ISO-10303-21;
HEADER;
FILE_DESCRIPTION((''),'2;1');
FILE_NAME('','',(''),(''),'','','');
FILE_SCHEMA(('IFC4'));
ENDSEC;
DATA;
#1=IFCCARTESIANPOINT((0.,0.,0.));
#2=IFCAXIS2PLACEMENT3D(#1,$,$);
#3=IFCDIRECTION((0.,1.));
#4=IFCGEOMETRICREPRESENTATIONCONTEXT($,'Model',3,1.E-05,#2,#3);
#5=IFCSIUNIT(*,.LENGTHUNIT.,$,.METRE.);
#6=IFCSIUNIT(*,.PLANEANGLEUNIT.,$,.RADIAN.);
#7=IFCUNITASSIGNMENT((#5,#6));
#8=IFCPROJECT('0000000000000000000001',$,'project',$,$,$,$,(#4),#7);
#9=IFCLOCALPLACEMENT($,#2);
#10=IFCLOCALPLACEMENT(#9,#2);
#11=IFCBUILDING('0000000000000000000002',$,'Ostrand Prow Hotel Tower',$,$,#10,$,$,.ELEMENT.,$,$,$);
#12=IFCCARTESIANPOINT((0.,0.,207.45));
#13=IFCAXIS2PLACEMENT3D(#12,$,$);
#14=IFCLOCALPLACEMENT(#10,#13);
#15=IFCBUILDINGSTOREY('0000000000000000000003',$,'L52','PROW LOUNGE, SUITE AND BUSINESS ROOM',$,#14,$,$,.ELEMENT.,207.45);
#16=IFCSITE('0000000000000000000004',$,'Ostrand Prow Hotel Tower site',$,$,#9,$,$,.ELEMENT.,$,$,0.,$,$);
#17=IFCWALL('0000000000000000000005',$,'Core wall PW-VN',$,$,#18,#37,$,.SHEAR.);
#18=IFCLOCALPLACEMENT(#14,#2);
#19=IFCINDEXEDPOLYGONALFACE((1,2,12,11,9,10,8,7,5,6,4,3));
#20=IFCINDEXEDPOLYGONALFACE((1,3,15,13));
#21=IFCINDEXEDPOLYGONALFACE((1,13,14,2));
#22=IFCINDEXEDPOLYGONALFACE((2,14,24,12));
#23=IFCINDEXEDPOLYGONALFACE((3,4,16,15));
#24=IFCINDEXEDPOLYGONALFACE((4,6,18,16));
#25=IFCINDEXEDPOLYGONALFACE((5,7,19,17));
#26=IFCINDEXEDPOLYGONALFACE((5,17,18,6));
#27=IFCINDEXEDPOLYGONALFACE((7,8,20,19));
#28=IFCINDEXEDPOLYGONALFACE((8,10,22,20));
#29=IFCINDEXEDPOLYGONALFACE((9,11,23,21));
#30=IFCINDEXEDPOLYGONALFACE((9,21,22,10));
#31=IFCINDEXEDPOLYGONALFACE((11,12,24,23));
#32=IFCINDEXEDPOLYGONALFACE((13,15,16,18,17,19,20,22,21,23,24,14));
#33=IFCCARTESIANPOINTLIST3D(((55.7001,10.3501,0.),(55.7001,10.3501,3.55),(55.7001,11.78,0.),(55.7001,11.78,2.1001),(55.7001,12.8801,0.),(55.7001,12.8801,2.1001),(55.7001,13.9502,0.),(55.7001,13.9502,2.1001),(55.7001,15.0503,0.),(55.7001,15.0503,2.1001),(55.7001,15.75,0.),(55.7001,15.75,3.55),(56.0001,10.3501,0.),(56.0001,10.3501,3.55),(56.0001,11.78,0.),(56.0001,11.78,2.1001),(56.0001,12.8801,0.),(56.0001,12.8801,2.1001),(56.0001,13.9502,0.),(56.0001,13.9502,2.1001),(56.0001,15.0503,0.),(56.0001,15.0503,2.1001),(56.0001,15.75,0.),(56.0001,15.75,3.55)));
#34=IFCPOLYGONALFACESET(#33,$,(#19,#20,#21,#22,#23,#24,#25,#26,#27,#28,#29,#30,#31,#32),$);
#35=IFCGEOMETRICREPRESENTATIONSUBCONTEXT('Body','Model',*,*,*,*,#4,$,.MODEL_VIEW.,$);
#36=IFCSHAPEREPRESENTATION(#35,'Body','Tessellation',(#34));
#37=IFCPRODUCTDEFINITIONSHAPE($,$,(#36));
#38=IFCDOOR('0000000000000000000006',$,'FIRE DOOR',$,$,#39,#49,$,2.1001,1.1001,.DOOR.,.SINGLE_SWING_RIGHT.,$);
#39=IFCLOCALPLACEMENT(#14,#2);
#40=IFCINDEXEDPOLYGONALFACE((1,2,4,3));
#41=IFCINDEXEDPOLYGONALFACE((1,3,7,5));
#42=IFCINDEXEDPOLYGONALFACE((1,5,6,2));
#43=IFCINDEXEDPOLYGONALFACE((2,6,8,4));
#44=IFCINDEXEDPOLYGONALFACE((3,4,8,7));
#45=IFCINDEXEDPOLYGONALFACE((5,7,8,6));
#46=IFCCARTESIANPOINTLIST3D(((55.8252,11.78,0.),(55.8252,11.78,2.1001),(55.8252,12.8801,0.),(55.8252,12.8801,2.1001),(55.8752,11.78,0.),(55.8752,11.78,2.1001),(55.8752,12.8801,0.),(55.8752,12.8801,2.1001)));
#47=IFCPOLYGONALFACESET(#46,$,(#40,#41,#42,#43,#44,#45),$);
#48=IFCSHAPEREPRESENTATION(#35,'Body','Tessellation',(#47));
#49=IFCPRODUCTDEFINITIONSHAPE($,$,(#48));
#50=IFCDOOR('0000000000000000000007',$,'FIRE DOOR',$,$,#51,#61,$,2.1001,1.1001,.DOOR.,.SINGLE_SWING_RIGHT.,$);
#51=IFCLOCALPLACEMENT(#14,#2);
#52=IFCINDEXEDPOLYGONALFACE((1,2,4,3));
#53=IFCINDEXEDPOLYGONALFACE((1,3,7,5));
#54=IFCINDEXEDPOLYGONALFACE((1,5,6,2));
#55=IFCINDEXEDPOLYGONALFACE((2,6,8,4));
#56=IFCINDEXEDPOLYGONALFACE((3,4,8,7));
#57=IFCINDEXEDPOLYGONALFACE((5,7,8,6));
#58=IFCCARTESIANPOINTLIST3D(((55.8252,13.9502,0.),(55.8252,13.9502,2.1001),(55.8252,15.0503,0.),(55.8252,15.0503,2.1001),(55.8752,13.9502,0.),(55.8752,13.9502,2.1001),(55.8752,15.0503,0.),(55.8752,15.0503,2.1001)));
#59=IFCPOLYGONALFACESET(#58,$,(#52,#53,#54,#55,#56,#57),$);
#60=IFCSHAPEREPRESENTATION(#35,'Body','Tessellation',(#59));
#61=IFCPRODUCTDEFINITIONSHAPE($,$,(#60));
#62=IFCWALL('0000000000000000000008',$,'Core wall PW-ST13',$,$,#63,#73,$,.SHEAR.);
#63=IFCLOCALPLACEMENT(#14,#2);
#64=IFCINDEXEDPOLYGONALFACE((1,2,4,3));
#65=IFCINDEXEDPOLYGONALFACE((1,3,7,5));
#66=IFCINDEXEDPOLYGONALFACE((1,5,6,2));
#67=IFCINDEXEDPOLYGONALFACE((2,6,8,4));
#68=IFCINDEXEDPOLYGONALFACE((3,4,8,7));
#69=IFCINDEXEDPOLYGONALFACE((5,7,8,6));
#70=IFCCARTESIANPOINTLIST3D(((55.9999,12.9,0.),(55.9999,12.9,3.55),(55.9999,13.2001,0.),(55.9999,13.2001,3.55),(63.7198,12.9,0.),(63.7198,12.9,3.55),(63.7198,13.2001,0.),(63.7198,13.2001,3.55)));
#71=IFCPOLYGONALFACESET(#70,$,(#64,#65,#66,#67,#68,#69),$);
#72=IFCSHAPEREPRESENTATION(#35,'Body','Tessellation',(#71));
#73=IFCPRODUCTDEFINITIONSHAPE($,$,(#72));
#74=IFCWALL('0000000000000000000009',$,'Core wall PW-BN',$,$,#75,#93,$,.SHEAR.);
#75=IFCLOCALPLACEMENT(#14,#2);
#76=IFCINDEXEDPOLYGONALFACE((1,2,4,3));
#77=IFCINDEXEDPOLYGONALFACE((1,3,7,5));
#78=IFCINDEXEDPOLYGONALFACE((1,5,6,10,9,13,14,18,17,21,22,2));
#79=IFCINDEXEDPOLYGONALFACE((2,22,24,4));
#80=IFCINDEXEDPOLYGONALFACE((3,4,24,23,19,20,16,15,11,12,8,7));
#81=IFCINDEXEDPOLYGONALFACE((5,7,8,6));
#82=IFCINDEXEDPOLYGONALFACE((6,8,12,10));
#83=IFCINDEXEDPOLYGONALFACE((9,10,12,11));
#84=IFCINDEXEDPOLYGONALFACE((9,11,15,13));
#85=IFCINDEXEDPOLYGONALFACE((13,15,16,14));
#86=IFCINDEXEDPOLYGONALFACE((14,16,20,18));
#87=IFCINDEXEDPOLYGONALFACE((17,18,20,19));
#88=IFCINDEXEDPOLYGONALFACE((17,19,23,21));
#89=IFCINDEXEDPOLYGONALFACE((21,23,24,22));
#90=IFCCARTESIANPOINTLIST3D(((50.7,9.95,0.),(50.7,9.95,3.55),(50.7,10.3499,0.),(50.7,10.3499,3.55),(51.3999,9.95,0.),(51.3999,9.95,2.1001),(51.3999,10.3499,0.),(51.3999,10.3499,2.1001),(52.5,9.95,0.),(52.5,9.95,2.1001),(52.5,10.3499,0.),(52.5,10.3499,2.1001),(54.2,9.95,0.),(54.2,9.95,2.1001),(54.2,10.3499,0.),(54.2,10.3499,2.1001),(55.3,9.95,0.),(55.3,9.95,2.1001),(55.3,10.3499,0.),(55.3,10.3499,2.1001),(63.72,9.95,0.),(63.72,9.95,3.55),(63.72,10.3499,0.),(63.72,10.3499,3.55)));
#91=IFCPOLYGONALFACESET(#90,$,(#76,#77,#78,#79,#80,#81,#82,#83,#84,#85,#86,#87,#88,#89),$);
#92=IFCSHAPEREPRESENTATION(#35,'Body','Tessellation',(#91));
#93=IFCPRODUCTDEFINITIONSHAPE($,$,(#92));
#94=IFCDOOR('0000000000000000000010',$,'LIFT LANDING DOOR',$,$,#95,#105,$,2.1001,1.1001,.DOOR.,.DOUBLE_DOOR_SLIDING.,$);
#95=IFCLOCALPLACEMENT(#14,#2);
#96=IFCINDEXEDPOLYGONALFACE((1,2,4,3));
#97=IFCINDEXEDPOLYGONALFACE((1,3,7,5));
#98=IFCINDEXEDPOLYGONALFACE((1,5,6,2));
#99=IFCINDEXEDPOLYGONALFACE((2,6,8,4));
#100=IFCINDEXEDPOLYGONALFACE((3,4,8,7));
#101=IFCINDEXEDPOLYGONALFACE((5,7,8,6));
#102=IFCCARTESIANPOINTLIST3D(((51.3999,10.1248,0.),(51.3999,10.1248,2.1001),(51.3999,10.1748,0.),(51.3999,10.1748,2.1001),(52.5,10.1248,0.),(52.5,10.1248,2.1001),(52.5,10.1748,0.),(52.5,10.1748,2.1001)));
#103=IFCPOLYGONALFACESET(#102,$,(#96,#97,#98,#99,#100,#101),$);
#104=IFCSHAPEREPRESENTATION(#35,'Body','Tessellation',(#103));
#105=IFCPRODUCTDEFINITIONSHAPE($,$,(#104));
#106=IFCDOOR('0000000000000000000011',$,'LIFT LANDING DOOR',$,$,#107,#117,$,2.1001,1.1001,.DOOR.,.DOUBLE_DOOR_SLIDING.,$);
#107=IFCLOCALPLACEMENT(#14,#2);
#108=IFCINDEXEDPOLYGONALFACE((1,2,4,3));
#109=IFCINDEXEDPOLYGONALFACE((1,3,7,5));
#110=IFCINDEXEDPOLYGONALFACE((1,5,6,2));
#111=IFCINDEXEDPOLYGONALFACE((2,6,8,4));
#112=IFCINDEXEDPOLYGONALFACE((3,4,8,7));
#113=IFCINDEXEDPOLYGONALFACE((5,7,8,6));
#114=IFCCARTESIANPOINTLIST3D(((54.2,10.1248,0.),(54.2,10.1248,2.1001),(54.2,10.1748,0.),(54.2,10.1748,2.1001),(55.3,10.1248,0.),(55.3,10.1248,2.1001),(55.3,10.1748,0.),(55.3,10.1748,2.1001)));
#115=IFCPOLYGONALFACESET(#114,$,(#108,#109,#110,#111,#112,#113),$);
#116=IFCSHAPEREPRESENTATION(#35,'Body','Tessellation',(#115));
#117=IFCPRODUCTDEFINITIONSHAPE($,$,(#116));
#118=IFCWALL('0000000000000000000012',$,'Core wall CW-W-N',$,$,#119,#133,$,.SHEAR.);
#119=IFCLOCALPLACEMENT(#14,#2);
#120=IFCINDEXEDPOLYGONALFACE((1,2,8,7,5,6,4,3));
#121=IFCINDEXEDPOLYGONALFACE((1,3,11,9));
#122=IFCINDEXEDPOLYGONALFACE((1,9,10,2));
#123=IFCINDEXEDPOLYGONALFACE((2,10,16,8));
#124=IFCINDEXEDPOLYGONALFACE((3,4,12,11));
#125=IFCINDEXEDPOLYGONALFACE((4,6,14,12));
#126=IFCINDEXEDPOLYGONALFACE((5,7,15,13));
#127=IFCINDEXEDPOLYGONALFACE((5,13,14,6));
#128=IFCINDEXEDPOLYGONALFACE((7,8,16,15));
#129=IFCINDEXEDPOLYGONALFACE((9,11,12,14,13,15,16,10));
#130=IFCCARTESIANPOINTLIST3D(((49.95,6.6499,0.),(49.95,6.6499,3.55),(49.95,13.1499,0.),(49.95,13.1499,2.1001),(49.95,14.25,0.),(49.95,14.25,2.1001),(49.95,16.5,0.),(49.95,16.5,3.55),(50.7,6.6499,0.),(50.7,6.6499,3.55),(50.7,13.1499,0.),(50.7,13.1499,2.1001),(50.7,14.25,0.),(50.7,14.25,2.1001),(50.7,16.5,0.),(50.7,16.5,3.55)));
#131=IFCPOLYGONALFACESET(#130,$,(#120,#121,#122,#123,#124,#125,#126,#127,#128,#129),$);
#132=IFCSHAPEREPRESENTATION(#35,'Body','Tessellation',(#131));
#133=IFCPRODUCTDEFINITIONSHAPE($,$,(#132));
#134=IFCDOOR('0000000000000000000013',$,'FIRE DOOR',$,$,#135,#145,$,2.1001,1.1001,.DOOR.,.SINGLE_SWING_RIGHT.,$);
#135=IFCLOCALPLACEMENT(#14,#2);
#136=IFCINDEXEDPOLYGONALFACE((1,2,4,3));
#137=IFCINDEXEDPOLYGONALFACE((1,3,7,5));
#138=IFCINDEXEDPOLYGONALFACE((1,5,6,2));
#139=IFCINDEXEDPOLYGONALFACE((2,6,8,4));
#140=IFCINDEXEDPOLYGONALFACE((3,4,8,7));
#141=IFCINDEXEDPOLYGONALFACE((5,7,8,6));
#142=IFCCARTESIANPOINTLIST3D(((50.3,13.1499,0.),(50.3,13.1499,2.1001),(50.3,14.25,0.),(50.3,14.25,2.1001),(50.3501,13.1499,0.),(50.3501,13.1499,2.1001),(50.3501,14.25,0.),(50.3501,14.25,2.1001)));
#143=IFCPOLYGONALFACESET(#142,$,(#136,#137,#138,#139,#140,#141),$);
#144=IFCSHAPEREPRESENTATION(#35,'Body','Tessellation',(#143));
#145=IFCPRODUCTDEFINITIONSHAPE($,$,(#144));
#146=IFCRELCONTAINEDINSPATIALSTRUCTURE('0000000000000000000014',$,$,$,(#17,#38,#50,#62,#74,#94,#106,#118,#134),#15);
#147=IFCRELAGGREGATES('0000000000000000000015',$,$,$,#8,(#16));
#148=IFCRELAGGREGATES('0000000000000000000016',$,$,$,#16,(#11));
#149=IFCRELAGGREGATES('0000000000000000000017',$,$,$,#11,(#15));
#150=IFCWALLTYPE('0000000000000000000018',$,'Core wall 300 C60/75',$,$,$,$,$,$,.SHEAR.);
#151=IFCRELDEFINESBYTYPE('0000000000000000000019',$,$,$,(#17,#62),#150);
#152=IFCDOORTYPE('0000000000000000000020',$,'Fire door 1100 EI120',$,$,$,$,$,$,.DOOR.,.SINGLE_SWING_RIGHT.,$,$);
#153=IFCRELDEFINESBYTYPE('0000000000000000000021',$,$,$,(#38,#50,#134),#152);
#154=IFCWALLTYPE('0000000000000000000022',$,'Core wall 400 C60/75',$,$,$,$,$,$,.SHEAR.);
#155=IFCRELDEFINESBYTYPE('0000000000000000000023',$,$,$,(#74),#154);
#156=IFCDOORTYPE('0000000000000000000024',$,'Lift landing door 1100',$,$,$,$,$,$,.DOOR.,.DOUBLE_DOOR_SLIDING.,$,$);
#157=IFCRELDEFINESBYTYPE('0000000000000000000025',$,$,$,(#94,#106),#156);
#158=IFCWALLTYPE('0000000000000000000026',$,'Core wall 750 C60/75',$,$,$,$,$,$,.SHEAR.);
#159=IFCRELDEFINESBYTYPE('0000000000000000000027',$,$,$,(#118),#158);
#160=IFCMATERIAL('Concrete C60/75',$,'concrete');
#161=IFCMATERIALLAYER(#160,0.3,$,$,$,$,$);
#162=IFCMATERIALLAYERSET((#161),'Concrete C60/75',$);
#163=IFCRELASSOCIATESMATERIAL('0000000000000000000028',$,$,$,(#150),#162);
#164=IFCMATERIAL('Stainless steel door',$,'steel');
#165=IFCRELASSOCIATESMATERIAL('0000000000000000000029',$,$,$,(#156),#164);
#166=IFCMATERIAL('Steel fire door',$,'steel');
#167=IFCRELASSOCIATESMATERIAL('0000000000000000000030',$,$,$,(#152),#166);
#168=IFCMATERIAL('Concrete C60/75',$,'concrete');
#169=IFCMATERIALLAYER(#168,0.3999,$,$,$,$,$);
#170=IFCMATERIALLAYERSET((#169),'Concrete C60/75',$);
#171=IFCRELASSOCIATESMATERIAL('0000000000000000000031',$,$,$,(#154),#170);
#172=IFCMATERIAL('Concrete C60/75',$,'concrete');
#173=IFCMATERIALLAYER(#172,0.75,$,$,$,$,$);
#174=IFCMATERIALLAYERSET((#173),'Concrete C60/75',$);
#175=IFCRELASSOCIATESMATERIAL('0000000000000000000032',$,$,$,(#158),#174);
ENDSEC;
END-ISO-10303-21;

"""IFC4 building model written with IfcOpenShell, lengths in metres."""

from ifc_helpers import new_model, si_unit, direction, frame, frame_2d, origin, place, context, subcontext, project, spatial, rectangle, extrude, material, layer, layer_set, type_object, element, fill, save


model = new_model("IFC4")

# Units and contexts
model_context = context("Model", 3, precision=1e-05, world=origin(), true_north=direction((0.0, 1.0)))
body_context = subcontext(model_context, "Body", "Model", "MODEL_VIEW")
ifc_project = project(units=[si_unit("LENGTHUNIT", "METRE"), si_unit("PLANEANGLEUNIT", "RADIAN")], contexts=[model_context])

# Site, building, storey
site_placement = place(None, origin())
site = spatial("IfcSite", under=ifc_project, at=site_placement, Name="Ostrand Prow Hotel Tower site", CompositionType="ELEMENT", RefElevation=0.0)
building_placement = place(site_placement, origin())
building = spatial("IfcBuilding", under=site, at=building_placement, Name="Ostrand Prow Hotel Tower", CompositionType="ELEMENT")
storey_placement = place(building_placement, frame((0.0, 0.0, 207.45)))
storey = spatial("IfcBuildingStorey", under=building, at=storey_placement, Name="L52", Description="PROW LOUNGE, SUITE AND BUSINESS ROOM", CompositionType="ELEMENT", Elevation=207.45)

# Shared definitions
ifc_material_1 = material(Name="Concrete C60/75", Category="concrete")
ifc_layer_1 = layer(ifc_material_1, 0.3)
ifc_layer_set_1 = layer_set([ifc_layer_1], Name="Concrete C60/75")
wall_type_1 = type_object("IfcWallType", Name="Core wall 300 C60/75", PredefinedType="SHEAR", material=ifc_layer_set_1)
ifc_material_2 = material(Name="Stainless steel door", Category="steel")
door_type_1 = type_object("IfcDoorType", Name="Lift landing door 1100", OperationType="DOUBLE_DOOR_SLIDING", PredefinedType="DOOR", material=ifc_material_2)

# Wall, openings, doors
wall_1_placement = place(storey_placement, frame((55.8501, 10.3501, 0.0), z_axis=(0.0, 0.0, 1.0), x_axis=(0.0, 1.0, 0.0)))
wall_1 = element("IfcWall", 1, at=wall_1_placement, inside=storey, type_object=wall_type_1, Name="Core wall PW-VN", PredefinedType="SHEAR", context=body_context, shape_type="SweptSolid", body=[
    extrude(rectangle(XDim=5.3999, YDim=0.3, at=frame_2d((2.7, 0.0))), origin(), (0.0, 0.0, 1.0), 3.55),
])
opening_1_placement = place(wall_1_placement, frame((1.4299, 0.0, 0.0)))
opening_1 = element("IfcOpeningElement", 2, at=opening_1_placement, cuts=wall_1, PredefinedType="OPENING", context=body_context, shape_type="SweptSolid", body=[
    extrude(rectangle(XDim=1.1001, YDim=2.1001, at=frame_2d((0.55, 1.05))), frame((0.0, 0.1599, 0.0), z_axis=(0.0, -1.0, 0.0), x_axis=(1.0, 0.0, 0.0)), (0.0, 0.0, 1.0), 0.3201),
])
opening_2_placement = place(wall_1_placement, frame((3.6001, 0.0, 0.0)))
opening_2 = element("IfcOpeningElement", 3, at=opening_2_placement, cuts=wall_1, PredefinedType="OPENING", context=body_context, shape_type="SweptSolid", body=[
    extrude(rectangle(XDim=1.1001, YDim=2.1001, at=frame_2d((0.55, 1.05))), frame((0.0, 0.1599, 0.0), z_axis=(0.0, -1.0, 0.0), x_axis=(1.0, 0.0, 0.0)), (0.0, 0.0, 1.0), 0.3201),
])
ifc_material_3 = material(Name="Steel fire door", Category="steel")
door_type_2 = type_object("IfcDoorType", Name="Fire door 1100 EI120", OperationType="SINGLE_SWING_RIGHT", PredefinedType="DOOR", material=ifc_material_3)
door_1_placement = place(opening_1_placement, origin())
door_1 = element("IfcDoor", 4, at=door_1_placement, inside=storey, type_object=door_type_2, Name="FIRE DOOR", OperationType="SINGLE_SWING_RIGHT", OverallHeight=2.1001, OverallWidth=1.1001, PredefinedType="DOOR", context=body_context, shape_type="SweptSolid", body=[
    extrude(rectangle(XDim=1.1001, YDim=2.1001, at=frame_2d((0.55, 1.05))), frame((0.0, 0.0249, 0.0), z_axis=(0.0, -1.0, 0.0), x_axis=(1.0, 0.0, 0.0)), (0.0, 0.0, 1.0), 0.05),
])
fill(opening_1, door_1)
door_2_placement = place(opening_2_placement, origin())
door_2 = element("IfcDoor", 5, at=door_2_placement, inside=storey, type_object=door_type_2, Name="FIRE DOOR", OperationType="SINGLE_SWING_RIGHT", OverallHeight=2.1001, OverallWidth=1.1001, PredefinedType="DOOR", context=body_context, shape_type="SweptSolid", body=[
    extrude(rectangle(XDim=1.1001, YDim=2.1001, at=frame_2d((0.55, 1.05))), frame((0.0, 0.0249, 0.0), z_axis=(0.0, -1.0, 0.0), x_axis=(1.0, 0.0, 0.0)), (0.0, 0.0, 1.0), 0.05),
])
fill(opening_2, door_2)

# Wall
wall_2_placement = place(storey_placement, frame((56.0, 13.05, 0.0), z_axis=(0.0, 0.0, 1.0), x_axis=(1.0, 0.0, 0.0)))
element("IfcWall", 6, at=wall_2_placement, inside=storey, type_object=wall_type_1, Name="Core wall PW-ST13", PredefinedType="SHEAR", context=body_context, shape_type="SweptSolid", body=[
    extrude(rectangle(XDim=7.72, YDim=0.3, at=frame_2d((3.8599, 0.0))), origin(), (0.0, 0.0, 1.0), 3.55),
])

# Wall, openings, doors
ifc_material_4 = material(Name="Concrete C60/75", Category="concrete")
ifc_layer_2 = layer(ifc_material_4, 0.3999)
ifc_layer_set_2 = layer_set([ifc_layer_2], Name="Concrete C60/75")
wall_type_2 = type_object("IfcWallType", Name="Core wall 400 C60/75", PredefinedType="SHEAR", material=ifc_layer_set_2)
wall_3_placement = place(storey_placement, frame((50.7, 10.1499, 0.0), z_axis=(0.0, 0.0, 1.0), x_axis=(1.0, 0.0, 0.0)))
wall_3 = element("IfcWall", 7, at=wall_3_placement, inside=storey, type_object=wall_type_2, Name="Core wall PW-BN", PredefinedType="SHEAR", context=body_context, shape_type="SweptSolid", body=[
    extrude(rectangle(XDim=13.02, YDim=0.3999, at=frame_2d((6.51, 0.0))), origin(), (0.0, 0.0, 1.0), 3.55),
])
opening_3_placement = place(wall_3_placement, frame((0.7, 0.0, 0.0)))
opening_3 = element("IfcOpeningElement", 8, at=opening_3_placement, cuts=wall_3, PredefinedType="OPENING", context=body_context, shape_type="SweptSolid", body=[
    extrude(rectangle(XDim=1.1001, YDim=2.1001, at=frame_2d((0.55, 1.05))), frame((0.0, 0.21, 0.0), z_axis=(0.0, -1.0, 0.0), x_axis=(1.0, 0.0, 0.0)), (0.0, 0.0, 1.0), 0.4199),
])
opening_4_placement = place(wall_3_placement, frame((3.5, 0.0, 0.0)))
opening_4 = element("IfcOpeningElement", 9, at=opening_4_placement, cuts=wall_3, PredefinedType="OPENING", context=body_context, shape_type="SweptSolid", body=[
    extrude(rectangle(XDim=1.1001, YDim=2.1001, at=frame_2d((0.55, 1.05))), frame((0.0, 0.21, 0.0), z_axis=(0.0, -1.0, 0.0), x_axis=(1.0, 0.0, 0.0)), (0.0, 0.0, 1.0), 0.4199),
])
door_3_placement = place(opening_3_placement, origin())
door_3 = element("IfcDoor", 10, at=door_3_placement, inside=storey, type_object=door_type_1, Name="LIFT LANDING DOOR", OperationType="DOUBLE_DOOR_SLIDING", OverallHeight=2.1001, OverallWidth=1.1001, PredefinedType="DOOR", context=body_context, shape_type="SweptSolid", body=[
    extrude(rectangle(XDim=1.1001, YDim=2.1001, at=frame_2d((0.55, 1.05))), frame((0.0, 0.0249, 0.0), z_axis=(0.0, -1.0, 0.0), x_axis=(1.0, 0.0, 0.0)), (0.0, 0.0, 1.0), 0.05),
])
fill(opening_3, door_3)
door_4_placement = place(opening_4_placement, origin())
door_4 = element("IfcDoor", 11, at=door_4_placement, inside=storey, type_object=door_type_1, Name="LIFT LANDING DOOR", OperationType="DOUBLE_DOOR_SLIDING", OverallHeight=2.1001, OverallWidth=1.1001, PredefinedType="DOOR", context=body_context, shape_type="SweptSolid", body=[
    extrude(rectangle(XDim=1.1001, YDim=2.1001, at=frame_2d((0.55, 1.05))), frame((0.0, 0.0249, 0.0), z_axis=(0.0, -1.0, 0.0), x_axis=(1.0, 0.0, 0.0)), (0.0, 0.0, 1.0), 0.05),
])
fill(opening_4, door_4)

# Wall, opening, door
ifc_material_5 = material(Name="Concrete C60/75", Category="concrete")
ifc_layer_3 = layer(ifc_material_5, 0.75)
ifc_layer_set_3 = layer_set([ifc_layer_3], Name="Concrete C60/75")
wall_type_3 = type_object("IfcWallType", Name="Core wall 750 C60/75", PredefinedType="SHEAR", material=ifc_layer_set_3)
wall_4_placement = place(storey_placement, frame((50.325, 6.6499, 0.0), z_axis=(0.0, 0.0, 1.0), x_axis=(0.0, 1.0, 0.0)))
wall_4 = element("IfcWall", 12, at=wall_4_placement, inside=storey, type_object=wall_type_3, Name="Core wall CW-W-N", PredefinedType="SHEAR", context=body_context, shape_type="SweptSolid", body=[
    extrude(rectangle(XDim=9.8501, YDim=0.75, at=frame_2d((4.925, 0.0))), origin(), (0.0, 0.0, 1.0), 3.55),
])
opening_5_placement = place(wall_4_placement, frame((6.5, 0.0, 0.0)))
opening_5 = element("IfcOpeningElement", 13, at=opening_5_placement, cuts=wall_4, PredefinedType="OPENING", context=body_context, shape_type="SweptSolid", body=[
    extrude(rectangle(XDim=1.1001, YDim=2.1001, at=frame_2d((0.55, 1.05))), frame((0.0, 0.385, 0.0), z_axis=(0.0, -1.0, 0.0), x_axis=(1.0, 0.0, 0.0)), (0.0, 0.0, 1.0), 0.77),
])
door_5_placement = place(opening_5_placement, origin())
door_5 = element("IfcDoor", 14, at=door_5_placement, inside=storey, type_object=door_type_2, Name="FIRE DOOR", OperationType="SINGLE_SWING_RIGHT", OverallHeight=2.1001, OverallWidth=1.1001, PredefinedType="DOOR", context=body_context, shape_type="SweptSolid", body=[
    extrude(rectangle(XDim=1.1001, YDim=2.1001, at=frame_2d((0.55, 1.05))), frame((0.0, 0.0249, 0.0), z_axis=(0.0, -1.0, 0.0), x_axis=(1.0, 0.0, 0.0)), (0.0, 0.0, 1.0), 0.05),
])
fill(opening_5, door_5)

save(model, "model.ifc")
